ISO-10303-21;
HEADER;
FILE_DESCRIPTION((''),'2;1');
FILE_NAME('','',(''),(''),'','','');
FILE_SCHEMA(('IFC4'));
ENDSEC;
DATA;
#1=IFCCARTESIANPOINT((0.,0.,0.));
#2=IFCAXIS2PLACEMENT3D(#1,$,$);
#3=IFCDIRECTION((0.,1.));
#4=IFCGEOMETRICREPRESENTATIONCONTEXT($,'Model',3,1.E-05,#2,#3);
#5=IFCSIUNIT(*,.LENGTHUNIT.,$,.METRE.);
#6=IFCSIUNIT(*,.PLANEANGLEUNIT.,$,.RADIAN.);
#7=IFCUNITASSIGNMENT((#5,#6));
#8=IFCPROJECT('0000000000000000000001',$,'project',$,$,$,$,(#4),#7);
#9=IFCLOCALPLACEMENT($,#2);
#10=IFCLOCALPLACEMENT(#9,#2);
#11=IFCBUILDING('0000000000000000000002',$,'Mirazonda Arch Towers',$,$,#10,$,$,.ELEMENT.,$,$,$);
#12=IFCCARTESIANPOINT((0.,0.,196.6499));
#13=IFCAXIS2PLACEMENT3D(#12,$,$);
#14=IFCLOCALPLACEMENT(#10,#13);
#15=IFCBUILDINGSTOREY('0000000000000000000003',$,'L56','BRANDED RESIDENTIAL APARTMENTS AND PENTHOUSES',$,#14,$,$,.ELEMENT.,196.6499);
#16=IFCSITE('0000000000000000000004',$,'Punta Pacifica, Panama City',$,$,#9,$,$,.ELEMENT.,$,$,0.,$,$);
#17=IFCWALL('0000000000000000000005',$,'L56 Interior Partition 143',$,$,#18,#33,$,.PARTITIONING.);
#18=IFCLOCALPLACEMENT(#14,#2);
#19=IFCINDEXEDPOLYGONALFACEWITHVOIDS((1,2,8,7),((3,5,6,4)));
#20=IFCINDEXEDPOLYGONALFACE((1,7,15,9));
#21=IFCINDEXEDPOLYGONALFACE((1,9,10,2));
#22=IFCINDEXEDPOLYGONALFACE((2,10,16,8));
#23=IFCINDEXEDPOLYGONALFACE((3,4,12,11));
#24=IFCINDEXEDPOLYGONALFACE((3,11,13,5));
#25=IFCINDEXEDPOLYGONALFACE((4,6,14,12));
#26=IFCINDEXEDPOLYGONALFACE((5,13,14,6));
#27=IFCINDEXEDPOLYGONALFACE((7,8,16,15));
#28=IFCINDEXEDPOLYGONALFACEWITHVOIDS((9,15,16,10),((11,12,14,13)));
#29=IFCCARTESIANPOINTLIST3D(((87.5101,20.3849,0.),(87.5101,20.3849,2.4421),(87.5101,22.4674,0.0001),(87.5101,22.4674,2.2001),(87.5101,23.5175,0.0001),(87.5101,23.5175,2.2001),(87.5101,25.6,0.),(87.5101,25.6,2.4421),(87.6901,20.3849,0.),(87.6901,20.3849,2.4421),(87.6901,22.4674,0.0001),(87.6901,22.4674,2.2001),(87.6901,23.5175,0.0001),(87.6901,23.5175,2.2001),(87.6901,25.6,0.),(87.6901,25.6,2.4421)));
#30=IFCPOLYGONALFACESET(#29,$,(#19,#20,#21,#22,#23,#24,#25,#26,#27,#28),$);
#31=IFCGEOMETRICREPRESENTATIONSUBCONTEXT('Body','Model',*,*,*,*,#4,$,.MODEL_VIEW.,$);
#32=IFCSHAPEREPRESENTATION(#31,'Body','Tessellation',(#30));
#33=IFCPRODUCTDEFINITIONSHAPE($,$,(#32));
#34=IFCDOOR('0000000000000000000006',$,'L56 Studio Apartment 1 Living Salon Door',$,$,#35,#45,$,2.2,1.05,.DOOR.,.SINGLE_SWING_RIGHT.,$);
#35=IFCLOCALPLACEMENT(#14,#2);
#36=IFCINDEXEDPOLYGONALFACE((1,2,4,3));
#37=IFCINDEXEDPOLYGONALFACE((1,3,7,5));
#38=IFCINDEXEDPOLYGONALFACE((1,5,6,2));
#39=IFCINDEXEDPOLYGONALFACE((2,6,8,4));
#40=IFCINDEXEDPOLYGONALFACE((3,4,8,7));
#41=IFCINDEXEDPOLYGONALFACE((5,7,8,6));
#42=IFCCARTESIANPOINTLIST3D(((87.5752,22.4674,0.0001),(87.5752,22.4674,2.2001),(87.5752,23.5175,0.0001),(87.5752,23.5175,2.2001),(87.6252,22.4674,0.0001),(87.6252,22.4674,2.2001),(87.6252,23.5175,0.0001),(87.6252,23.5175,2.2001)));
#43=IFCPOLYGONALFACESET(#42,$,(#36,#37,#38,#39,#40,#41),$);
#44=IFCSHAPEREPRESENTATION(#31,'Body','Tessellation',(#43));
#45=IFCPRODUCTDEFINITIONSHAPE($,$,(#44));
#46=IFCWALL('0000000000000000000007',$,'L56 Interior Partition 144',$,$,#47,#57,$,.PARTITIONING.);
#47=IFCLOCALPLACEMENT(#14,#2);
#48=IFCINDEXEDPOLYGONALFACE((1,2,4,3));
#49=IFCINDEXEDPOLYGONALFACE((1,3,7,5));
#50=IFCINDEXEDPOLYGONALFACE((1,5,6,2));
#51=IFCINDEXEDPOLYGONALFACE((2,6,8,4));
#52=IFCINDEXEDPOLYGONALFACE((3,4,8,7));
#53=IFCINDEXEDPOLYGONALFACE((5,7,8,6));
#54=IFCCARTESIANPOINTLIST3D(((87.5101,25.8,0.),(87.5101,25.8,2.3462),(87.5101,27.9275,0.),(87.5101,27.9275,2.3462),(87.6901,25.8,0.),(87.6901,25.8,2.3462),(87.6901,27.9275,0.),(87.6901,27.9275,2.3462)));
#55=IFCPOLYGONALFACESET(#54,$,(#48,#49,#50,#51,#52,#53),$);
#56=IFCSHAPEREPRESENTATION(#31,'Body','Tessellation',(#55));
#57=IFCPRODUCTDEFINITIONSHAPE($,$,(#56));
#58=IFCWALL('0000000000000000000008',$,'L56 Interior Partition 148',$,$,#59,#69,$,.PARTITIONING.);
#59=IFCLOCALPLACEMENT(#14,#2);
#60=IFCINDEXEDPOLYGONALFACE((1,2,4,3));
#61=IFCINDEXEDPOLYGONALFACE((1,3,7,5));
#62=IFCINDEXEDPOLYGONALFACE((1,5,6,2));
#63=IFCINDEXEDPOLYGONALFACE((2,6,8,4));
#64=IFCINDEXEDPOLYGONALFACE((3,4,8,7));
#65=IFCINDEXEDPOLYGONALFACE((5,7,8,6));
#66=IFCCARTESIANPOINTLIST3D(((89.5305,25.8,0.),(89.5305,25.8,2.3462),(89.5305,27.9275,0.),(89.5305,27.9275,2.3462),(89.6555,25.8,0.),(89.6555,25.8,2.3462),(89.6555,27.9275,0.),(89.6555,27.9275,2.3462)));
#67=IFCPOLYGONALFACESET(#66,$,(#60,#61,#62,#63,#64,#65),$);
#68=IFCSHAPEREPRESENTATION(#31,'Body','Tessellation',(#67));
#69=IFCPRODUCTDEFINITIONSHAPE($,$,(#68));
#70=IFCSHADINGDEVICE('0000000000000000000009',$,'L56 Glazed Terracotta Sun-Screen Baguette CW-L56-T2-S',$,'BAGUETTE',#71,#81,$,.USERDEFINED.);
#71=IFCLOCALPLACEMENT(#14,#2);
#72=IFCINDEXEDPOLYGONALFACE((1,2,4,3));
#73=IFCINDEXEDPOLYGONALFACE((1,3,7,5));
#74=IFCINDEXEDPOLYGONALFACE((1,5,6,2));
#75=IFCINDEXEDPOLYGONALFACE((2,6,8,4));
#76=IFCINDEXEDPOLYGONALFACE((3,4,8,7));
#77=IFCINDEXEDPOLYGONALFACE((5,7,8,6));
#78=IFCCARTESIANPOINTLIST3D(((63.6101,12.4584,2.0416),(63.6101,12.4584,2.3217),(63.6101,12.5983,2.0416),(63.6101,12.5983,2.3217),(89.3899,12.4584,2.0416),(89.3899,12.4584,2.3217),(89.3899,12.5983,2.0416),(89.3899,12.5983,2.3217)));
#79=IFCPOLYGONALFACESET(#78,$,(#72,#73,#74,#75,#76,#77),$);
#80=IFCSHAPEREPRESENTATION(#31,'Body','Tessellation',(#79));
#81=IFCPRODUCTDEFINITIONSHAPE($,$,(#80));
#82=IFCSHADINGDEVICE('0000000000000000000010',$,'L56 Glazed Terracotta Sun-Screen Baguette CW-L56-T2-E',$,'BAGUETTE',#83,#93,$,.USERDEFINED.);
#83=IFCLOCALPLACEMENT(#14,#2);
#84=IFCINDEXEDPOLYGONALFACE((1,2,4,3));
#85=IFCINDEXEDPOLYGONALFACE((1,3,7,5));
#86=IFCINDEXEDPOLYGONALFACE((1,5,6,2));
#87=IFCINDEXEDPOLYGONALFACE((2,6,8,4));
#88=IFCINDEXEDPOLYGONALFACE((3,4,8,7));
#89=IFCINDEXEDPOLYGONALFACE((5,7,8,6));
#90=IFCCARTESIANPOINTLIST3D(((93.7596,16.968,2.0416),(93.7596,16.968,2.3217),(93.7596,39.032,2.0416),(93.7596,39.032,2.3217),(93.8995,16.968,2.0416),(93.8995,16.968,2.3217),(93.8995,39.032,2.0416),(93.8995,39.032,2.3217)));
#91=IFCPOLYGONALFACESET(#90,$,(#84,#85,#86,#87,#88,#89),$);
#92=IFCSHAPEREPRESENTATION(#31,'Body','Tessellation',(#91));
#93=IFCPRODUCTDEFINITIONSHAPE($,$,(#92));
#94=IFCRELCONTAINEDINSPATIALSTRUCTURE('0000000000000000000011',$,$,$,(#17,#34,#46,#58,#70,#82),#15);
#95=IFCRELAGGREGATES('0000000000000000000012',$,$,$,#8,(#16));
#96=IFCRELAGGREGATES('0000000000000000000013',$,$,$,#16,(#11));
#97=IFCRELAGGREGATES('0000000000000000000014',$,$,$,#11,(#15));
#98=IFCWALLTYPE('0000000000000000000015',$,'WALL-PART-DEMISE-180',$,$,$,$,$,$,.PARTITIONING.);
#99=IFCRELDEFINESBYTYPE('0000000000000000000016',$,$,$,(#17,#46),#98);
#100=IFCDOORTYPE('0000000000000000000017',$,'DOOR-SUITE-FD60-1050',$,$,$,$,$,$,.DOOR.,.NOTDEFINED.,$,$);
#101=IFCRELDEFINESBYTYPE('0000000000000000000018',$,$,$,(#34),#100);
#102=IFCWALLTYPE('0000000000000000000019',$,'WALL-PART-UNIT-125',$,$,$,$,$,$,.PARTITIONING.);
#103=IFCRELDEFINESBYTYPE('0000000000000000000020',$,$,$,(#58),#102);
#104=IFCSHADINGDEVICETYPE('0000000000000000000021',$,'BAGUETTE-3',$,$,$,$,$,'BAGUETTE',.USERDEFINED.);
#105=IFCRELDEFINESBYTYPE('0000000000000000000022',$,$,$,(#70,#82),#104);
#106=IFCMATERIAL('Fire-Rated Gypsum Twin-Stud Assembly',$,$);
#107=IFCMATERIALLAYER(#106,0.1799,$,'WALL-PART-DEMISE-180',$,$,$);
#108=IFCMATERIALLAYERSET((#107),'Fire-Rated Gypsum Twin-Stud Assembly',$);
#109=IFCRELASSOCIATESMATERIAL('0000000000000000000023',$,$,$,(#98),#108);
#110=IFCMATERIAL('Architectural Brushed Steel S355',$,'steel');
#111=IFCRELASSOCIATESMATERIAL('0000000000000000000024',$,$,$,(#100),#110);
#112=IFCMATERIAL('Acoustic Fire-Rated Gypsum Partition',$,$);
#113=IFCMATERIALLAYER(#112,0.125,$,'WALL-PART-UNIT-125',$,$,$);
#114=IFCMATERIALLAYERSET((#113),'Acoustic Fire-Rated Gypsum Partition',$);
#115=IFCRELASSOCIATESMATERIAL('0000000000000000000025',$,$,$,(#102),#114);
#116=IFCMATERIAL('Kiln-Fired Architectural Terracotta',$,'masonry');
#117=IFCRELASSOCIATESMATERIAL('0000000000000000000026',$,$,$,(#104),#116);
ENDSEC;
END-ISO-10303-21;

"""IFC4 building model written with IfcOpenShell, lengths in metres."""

from ifc_helpers import new_model, si_unit, direction, frame, frame_2d, origin, origin_2d, place, context, subcontext, project, spatial, rectangle, extrude, material, layer, layer_set, material_profile, profile_set, type_object, element, fill, save


model = new_model("IFC4")

# Units and contexts
model_context = context("Model", 3, precision=1e-05, world=origin(), true_north=direction((0.0, 1.0)))
body_context = subcontext(model_context, "Body", "Model", "MODEL_VIEW")
ifc_project = project(units=[si_unit("LENGTHUNIT", "METRE"), si_unit("PLANEANGLEUNIT", "RADIAN")], contexts=[model_context])

# Site, building, storey
site_placement = place(None, origin())
site = spatial("IfcSite", under=ifc_project, at=site_placement, Name="Punta Pacifica, Panama City", CompositionType="ELEMENT", RefElevation=0.0)
building_placement = place(site_placement, origin())
building = spatial("IfcBuilding", under=site, at=building_placement, Name="Mirazonda Arch Towers", CompositionType="ELEMENT")
storey_placement = place(building_placement, frame((0.0, 0.0, 196.6499)))
storey = spatial("IfcBuildingStorey", under=building, at=storey_placement, Name="L56", Description="BRANDED RESIDENTIAL APARTMENTS AND PENTHOUSES", CompositionType="ELEMENT", Elevation=196.6499)

# Shared definitions
ifc_material_1 = material(Name="Fire-Rated Gypsum Twin-Stud Assembly")
ifc_layer_1 = layer(ifc_material_1, 0.1799, Name="WALL-PART-DEMISE-180")
ifc_layer_set_1 = layer_set([ifc_layer_1], Name="Fire-Rated Gypsum Twin-Stud Assembly")
wall_type_1 = type_object("IfcWallType", Name="WALL-PART-DEMISE-180", PredefinedType="PARTITIONING", material=ifc_layer_set_1)

# Shared definitions
ifc_material_2 = material(Name="Architectural Brushed Steel S355", Category="steel")

# Wall, opening, door
wall_1_placement = place(storey_placement, frame((87.6001, 20.385, 0.0), z_axis=(0.0, 0.0, 1.0), x_axis=(0.0, 1.0, 0.0)))
wall_1 = element("IfcWall", 1, at=wall_1_placement, inside=storey, type_object=wall_type_1, Name="L56 Interior Partition 143", PredefinedType="PARTITIONING", context=body_context, shape_type="SweptSolid", body=[
    extrude(rectangle(XDim=5.2151, YDim=0.1799, at=frame_2d((2.6074, 0.0))), origin(), (0.0, 0.0, 1.0), 2.4421),
])
opening_1_placement = place(wall_1_placement, frame((2.0825, 0.0, 0.0)))
opening_1 = element("IfcOpeningElement", 2, at=opening_1_placement, cuts=wall_1, PredefinedType="OPENING", context=body_context, shape_type="SweptSolid", body=[
    extrude(rectangle(XDim=1.05, YDim=2.2, at=frame_2d((0.5249, 1.1001))), frame((0.0, 0.0999, 0.0), z_axis=(0.0, -1.0, 0.0), x_axis=(1.0, 0.0, 0.0)), (0.0, 0.0, 1.0), 0.2),
])
door_type_1 = type_object("IfcDoorType", Name="DOOR-SUITE-FD60-1050", OperationType="NOTDEFINED", PredefinedType="DOOR", material=ifc_material_2)
door_1_placement = place(opening_1_placement, origin())
door_1 = element("IfcDoor", 3, at=door_1_placement, inside=storey, type_object=door_type_1, Name="L56 Studio Apartment 1 Living Salon Door", OperationType="SINGLE_SWING_RIGHT", OverallHeight=2.2, OverallWidth=1.05, PredefinedType="DOOR", context=body_context, shape_type="SweptSolid", body=[
    extrude(rectangle(XDim=1.05, YDim=2.2, at=frame_2d((0.5249, 1.1001))), frame((0.0, 0.0249, 0.0), z_axis=(0.0, -1.0, 0.0), x_axis=(1.0, 0.0, 0.0)), (0.0, 0.0, 1.0), 0.05),
])
fill(opening_1, door_1)

# Walls
wall_2_placement = place(storey_placement, frame((87.6001, 25.8, 0.0), z_axis=(0.0, 0.0, 1.0), x_axis=(0.0, 1.0, 0.0)))
element("IfcWall", 4, at=wall_2_placement, inside=storey, type_object=wall_type_1, Name="L56 Interior Partition 144", PredefinedType="PARTITIONING", context=body_context, shape_type="SweptSolid", body=[
    extrude(rectangle(XDim=2.1274, YDim=0.1799, at=frame_2d((1.0637, 0.0))), origin(), (0.0, 0.0, 1.0), 2.3462),
])
ifc_material_3 = material(Name="Acoustic Fire-Rated Gypsum Partition")
ifc_layer_2 = layer(ifc_material_3, 0.125, Name="WALL-PART-UNIT-125")
ifc_layer_set_2 = layer_set([ifc_layer_2], Name="Acoustic Fire-Rated Gypsum Partition")
wall_type_2 = type_object("IfcWallType", Name="WALL-PART-UNIT-125", PredefinedType="PARTITIONING", material=ifc_layer_set_2)
wall_3_placement = place(storey_placement, frame((89.593, 25.8, 0.0), z_axis=(0.0, 0.0, 1.0), x_axis=(0.0, 1.0, 0.0)))
element("IfcWall", 5, at=wall_3_placement, inside=storey, type_object=wall_type_2, Name="L56 Interior Partition 148", PredefinedType="PARTITIONING", context=body_context, shape_type="SweptSolid", body=[
    extrude(rectangle(XDim=2.1274, YDim=0.125, at=frame_2d((1.0637, 0.0))), origin(), (0.0, 0.0, 1.0), 2.3462),
])

# Shading devices
ifc_material_4 = material(Name="Kiln-Fired Architectural Terracotta", Category="masonry")
ifc_material_profile_1 = material_profile(ifc_material_4, rectangle(XDim=0.1399, YDim=0.28, at=origin_2d()), Name="TERRA-BAG-140x280")
ifc_profile_set_1 = profile_set([ifc_material_profile_1], Name="Kiln-Fired Architectural Terracotta")
shading_device_type = type_object("IfcShadingDeviceType", Name="BAGUETTE-3", ElementType="BAGUETTE", PredefinedType="USERDEFINED", material=ifc_profile_set_1)
shading_device_1_placement = place(storey_placement, frame((89.3899, 12.5283, 2.1816), z_axis=(-1.0, 0.0, 0.0), x_axis=(0.0, -1.0, 0.0)))
element("IfcShadingDevice", 6, at=shading_device_1_placement, inside=storey, type_object=shading_device_type, Name="L56 Glazed Terracotta Sun-Screen Baguette CW-L56-T2-S", ObjectType="BAGUETTE", PredefinedType="USERDEFINED", context=body_context, shape_type="SweptSolid", body=[
    extrude(rectangle(XDim=0.1399, YDim=0.28, at=origin_2d()), origin(), (0.0, 0.0, 1.0), 25.7798),
])
shading_device_2_placement = place(storey_placement, frame((93.8296, 16.968, 2.1816), z_axis=(0.0, 1.0, 0.0), x_axis=(-1.0, 0.0, 0.0)))
element("IfcShadingDevice", 7, at=shading_device_2_placement, inside=storey, type_object=shading_device_type, Name="L56 Glazed Terracotta Sun-Screen Baguette CW-L56-T2-E", ObjectType="BAGUETTE", PredefinedType="USERDEFINED", context=body_context, shape_type="SweptSolid", body=[
    extrude(rectangle(XDim=0.1399, YDim=0.28, at=origin_2d()), origin(), (0.0, 0.0, 1.0), 22.064),
])

save(model, "model.ifc")
